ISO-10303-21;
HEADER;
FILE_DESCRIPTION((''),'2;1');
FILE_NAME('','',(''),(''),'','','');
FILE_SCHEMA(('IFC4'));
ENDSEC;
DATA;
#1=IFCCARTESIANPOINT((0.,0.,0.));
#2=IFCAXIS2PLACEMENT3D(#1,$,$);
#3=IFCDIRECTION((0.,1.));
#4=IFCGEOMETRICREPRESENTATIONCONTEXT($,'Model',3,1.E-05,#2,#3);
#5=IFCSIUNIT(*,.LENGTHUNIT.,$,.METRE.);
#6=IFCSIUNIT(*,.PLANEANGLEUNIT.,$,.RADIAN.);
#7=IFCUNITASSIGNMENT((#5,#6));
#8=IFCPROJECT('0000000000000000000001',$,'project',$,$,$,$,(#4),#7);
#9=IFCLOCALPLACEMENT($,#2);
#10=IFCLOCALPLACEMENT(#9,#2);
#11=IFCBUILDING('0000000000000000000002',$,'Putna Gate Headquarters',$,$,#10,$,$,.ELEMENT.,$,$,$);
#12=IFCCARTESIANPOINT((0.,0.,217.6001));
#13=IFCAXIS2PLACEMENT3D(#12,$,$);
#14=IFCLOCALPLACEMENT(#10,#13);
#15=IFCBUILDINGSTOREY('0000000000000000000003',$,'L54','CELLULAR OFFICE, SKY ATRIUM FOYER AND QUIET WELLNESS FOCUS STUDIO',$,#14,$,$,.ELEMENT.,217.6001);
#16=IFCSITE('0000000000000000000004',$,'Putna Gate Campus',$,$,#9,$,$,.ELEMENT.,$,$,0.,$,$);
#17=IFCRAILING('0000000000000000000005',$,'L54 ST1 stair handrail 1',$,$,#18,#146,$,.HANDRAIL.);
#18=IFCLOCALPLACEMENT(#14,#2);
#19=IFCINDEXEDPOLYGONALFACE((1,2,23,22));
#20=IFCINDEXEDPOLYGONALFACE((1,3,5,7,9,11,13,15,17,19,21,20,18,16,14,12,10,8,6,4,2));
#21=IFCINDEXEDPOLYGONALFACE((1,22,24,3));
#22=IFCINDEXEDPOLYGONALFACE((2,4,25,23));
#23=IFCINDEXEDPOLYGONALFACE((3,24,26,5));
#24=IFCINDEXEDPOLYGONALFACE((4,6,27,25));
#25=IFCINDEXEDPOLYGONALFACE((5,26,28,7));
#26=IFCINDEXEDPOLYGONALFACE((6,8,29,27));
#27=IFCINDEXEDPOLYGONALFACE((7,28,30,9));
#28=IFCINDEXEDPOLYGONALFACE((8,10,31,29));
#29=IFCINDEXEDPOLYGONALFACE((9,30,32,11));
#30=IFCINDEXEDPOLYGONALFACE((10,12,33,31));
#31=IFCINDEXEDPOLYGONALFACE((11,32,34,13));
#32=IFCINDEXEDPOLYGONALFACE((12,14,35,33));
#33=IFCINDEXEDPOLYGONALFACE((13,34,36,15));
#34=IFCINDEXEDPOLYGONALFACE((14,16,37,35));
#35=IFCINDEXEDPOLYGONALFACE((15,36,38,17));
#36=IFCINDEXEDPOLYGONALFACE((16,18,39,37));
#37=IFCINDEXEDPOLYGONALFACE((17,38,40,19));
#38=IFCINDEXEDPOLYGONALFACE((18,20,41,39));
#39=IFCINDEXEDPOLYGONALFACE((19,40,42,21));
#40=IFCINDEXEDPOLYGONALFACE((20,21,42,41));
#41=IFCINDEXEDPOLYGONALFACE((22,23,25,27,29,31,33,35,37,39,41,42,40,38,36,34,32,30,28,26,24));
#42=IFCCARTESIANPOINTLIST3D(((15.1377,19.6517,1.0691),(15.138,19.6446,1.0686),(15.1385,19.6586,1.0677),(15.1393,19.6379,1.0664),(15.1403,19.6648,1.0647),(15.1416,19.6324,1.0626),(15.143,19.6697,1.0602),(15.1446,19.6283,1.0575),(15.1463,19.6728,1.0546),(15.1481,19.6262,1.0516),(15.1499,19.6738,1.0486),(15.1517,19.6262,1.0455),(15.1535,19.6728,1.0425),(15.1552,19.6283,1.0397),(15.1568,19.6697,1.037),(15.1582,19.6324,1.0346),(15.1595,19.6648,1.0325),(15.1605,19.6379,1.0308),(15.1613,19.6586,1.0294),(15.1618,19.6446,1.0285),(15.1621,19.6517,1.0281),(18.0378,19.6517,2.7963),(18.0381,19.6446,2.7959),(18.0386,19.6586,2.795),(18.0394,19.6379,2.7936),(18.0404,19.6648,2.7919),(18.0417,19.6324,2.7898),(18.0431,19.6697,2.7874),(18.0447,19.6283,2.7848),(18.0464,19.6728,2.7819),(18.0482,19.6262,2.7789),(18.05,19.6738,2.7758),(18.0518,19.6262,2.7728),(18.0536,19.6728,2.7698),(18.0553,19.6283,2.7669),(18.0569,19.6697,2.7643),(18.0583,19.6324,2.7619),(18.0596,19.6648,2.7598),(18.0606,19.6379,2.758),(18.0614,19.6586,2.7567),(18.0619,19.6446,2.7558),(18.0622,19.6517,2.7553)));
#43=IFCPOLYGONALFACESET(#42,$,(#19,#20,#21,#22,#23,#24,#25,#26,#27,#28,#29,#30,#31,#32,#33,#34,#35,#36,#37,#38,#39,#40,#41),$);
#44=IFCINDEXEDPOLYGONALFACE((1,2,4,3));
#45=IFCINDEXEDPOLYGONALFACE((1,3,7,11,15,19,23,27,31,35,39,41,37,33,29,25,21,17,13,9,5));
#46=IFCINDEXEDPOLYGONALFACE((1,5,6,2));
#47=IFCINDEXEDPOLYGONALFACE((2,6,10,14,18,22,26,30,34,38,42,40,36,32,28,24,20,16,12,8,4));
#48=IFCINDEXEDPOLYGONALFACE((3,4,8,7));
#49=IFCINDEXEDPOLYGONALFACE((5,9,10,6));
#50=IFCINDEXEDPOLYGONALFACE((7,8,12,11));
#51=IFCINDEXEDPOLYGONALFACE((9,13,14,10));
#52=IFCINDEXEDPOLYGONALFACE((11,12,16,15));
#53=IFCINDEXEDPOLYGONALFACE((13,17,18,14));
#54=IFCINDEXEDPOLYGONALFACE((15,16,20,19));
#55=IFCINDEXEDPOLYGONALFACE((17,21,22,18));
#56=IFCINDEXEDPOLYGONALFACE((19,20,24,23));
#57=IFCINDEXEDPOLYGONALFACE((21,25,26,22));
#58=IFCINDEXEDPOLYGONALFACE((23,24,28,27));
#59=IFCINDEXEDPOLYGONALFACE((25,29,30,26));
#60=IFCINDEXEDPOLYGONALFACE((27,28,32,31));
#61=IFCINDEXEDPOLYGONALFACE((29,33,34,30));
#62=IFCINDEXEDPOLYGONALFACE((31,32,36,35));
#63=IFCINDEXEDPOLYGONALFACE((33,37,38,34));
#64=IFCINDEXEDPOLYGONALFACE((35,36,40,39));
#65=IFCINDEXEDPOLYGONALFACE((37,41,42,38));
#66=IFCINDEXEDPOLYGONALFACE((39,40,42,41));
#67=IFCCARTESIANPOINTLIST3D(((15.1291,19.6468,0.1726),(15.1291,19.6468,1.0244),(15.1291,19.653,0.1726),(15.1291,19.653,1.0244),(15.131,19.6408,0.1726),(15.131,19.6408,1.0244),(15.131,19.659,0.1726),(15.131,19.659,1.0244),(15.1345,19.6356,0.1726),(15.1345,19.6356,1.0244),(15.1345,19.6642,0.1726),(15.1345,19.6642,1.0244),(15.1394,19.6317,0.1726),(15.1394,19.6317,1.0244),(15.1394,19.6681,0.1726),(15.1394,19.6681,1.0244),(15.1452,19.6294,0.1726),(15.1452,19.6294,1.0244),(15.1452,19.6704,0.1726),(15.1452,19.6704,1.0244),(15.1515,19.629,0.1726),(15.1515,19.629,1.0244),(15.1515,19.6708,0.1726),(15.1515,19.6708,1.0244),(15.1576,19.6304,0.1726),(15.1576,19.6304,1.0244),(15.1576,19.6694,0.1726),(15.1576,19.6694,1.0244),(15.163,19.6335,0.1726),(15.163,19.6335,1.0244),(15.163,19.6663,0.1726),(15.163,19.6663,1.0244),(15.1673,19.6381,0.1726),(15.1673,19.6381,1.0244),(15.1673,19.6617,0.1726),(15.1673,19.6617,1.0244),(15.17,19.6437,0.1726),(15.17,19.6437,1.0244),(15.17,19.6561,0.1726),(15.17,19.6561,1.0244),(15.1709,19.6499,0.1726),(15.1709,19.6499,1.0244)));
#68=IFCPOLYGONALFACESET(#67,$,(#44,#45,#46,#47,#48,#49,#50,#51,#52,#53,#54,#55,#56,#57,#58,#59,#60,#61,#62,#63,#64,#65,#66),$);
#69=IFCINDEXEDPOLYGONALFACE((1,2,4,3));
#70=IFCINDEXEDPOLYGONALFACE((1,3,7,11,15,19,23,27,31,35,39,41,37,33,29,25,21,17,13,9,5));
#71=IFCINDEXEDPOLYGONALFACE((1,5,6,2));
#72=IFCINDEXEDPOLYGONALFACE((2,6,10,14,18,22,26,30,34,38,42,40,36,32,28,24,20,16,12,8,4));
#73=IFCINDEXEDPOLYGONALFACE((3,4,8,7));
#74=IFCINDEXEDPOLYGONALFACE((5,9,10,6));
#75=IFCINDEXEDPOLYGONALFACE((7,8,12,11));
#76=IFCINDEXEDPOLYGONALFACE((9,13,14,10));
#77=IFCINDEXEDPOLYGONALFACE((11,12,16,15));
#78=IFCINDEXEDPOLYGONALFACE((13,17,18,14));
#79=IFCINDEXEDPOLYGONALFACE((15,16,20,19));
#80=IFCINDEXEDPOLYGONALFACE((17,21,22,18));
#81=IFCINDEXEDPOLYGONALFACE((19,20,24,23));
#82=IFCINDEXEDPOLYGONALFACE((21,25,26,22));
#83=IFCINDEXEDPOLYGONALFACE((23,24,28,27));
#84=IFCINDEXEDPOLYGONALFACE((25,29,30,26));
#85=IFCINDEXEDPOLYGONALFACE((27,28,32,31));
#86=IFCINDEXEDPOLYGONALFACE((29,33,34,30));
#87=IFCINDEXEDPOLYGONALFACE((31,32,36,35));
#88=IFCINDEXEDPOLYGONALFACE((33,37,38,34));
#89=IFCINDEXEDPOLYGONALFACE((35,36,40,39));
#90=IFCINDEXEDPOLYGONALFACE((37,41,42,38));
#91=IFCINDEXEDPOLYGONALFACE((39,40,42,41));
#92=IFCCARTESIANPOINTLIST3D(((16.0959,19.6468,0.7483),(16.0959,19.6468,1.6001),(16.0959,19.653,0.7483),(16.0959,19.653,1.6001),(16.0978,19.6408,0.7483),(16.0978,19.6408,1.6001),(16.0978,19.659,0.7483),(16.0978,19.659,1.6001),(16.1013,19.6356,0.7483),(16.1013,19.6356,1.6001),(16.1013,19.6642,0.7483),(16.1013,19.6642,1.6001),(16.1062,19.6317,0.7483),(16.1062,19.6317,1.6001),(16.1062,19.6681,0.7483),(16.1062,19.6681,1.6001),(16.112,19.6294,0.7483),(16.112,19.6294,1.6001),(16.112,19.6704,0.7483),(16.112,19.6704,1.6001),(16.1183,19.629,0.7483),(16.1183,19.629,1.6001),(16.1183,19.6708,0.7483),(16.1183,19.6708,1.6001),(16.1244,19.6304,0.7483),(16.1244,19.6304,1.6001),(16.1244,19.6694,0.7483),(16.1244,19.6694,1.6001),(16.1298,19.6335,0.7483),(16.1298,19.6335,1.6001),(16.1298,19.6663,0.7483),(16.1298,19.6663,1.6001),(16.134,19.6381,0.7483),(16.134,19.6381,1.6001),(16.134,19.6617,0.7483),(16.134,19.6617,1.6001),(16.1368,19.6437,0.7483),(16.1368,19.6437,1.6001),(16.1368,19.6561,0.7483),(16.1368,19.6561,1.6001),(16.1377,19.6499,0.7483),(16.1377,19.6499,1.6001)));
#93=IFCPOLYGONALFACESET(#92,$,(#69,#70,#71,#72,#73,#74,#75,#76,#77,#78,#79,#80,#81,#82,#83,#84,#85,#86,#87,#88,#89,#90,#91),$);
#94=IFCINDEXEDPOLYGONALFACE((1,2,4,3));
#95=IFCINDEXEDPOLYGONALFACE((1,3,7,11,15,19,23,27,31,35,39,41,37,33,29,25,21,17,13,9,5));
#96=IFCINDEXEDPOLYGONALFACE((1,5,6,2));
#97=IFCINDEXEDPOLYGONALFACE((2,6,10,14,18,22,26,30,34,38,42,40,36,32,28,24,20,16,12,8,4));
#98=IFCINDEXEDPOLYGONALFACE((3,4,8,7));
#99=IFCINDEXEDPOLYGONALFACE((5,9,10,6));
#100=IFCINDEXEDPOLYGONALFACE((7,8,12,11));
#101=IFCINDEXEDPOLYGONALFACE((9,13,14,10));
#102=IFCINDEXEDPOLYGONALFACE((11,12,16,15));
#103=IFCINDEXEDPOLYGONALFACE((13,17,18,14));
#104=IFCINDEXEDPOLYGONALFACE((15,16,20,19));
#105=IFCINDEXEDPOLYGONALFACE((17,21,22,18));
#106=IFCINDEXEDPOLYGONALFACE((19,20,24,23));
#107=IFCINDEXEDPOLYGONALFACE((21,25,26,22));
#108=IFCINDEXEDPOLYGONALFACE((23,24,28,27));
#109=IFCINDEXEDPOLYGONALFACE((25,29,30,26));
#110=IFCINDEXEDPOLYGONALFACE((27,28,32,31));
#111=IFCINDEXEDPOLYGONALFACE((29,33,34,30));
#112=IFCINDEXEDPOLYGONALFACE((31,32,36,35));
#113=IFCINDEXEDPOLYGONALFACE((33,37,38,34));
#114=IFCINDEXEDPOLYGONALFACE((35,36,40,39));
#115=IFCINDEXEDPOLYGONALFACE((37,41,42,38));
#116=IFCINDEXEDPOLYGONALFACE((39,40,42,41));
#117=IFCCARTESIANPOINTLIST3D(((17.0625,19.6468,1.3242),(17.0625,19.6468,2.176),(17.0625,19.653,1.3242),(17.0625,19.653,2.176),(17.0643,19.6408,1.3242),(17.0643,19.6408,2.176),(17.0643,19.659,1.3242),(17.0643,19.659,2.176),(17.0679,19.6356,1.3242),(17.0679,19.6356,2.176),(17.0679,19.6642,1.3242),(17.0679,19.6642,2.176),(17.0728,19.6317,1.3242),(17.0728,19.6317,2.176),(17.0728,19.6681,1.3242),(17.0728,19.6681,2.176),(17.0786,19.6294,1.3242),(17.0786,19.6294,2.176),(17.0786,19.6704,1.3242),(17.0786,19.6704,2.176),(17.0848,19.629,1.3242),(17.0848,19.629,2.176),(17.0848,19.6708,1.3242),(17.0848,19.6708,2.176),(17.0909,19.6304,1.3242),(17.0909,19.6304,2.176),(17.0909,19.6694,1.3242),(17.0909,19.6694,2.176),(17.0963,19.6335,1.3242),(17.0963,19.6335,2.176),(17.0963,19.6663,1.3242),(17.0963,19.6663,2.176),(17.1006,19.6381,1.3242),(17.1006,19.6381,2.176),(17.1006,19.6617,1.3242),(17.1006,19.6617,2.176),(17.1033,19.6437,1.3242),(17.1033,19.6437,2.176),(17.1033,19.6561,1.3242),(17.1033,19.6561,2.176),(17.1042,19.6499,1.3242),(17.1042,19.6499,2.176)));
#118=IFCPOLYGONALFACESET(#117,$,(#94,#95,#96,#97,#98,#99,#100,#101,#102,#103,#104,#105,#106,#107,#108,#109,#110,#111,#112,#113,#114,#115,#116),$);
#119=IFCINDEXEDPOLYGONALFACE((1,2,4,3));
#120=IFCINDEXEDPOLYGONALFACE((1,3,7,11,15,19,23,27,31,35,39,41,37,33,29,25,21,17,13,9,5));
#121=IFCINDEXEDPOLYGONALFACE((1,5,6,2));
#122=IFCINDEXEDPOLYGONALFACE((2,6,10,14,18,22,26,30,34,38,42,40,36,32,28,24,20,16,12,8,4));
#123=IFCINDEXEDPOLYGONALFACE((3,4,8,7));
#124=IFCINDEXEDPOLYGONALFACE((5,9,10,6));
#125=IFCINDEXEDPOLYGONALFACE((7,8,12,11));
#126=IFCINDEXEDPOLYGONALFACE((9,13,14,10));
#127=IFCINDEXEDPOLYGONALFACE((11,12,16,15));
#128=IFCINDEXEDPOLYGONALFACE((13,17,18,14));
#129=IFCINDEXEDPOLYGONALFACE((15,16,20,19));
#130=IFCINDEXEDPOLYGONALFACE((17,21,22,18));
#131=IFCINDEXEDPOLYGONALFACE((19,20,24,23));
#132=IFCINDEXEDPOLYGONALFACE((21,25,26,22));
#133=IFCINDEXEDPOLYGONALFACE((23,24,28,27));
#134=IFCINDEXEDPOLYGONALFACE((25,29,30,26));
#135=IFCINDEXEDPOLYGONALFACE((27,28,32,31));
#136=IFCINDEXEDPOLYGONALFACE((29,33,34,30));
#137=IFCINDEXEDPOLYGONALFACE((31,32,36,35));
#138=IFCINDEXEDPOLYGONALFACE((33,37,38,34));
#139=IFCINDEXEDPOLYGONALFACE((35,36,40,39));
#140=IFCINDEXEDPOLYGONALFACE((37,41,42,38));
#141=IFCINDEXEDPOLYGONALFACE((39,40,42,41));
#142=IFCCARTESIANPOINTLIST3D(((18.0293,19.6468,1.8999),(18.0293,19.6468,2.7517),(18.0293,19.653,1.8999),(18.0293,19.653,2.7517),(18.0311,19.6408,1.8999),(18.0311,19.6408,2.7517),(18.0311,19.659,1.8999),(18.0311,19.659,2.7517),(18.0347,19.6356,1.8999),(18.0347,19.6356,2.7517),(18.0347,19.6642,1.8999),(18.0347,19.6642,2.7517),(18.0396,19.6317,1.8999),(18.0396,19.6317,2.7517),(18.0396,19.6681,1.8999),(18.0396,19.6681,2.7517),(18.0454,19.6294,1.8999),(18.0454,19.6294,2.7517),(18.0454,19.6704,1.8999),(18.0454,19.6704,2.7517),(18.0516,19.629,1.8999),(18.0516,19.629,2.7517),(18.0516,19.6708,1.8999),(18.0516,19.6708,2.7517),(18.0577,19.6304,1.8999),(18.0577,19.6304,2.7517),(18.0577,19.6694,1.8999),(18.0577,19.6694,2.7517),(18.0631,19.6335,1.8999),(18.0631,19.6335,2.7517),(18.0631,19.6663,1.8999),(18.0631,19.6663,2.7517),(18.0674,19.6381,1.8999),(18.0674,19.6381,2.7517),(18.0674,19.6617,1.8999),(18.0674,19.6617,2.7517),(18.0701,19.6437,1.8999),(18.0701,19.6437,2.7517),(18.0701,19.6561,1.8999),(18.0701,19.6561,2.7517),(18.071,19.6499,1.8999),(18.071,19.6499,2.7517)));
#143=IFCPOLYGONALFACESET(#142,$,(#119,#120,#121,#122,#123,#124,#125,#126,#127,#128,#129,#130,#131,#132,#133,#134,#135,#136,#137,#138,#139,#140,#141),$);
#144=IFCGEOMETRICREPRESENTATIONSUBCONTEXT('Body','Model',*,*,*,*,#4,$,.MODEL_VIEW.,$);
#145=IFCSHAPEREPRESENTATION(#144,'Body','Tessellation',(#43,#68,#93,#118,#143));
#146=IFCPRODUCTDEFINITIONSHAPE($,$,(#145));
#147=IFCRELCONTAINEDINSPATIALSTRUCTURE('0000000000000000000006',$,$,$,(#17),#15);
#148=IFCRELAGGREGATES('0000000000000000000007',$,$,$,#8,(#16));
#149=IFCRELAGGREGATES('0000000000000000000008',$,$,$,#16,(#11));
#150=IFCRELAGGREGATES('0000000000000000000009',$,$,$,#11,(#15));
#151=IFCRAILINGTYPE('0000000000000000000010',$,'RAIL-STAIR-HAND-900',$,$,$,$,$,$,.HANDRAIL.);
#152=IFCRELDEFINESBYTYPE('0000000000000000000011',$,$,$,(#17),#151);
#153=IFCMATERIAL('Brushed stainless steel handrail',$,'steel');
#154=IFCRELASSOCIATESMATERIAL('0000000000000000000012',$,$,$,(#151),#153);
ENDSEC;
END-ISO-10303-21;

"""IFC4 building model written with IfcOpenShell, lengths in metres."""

from ifc_helpers import new_model, si_unit, direction, frame, origin, origin_2d, place, context, subcontext, project, spatial, circle, extrude, material, type_object, element, save


model = new_model("IFC4")

# Units and contexts
model_context = context("Model", 3, precision=1e-05, world=origin(), true_north=direction((0.0, 1.0)))
body_context = subcontext(model_context, "Body", "Model", "MODEL_VIEW")
ifc_project = project(units=[si_unit("LENGTHUNIT", "METRE"), si_unit("PLANEANGLEUNIT", "RADIAN")], contexts=[model_context])

# Site, building, storey
site_placement = place(None, origin())
site = spatial("IfcSite", under=ifc_project, at=site_placement, Name="Putna Gate Campus", CompositionType="ELEMENT", RefElevation=0.0)
building_placement = place(site_placement, origin())
building = spatial("IfcBuilding", under=site, at=building_placement, Name="Putna Gate Headquarters", CompositionType="ELEMENT")
storey_placement = place(building_placement, frame((0.0, 0.0, 217.6001)))
storey = spatial("IfcBuildingStorey", under=building, at=storey_placement, Name="L54", Description="CELLULAR OFFICE, SKY ATRIUM FOYER AND QUIET WELLNESS FOCUS STUDIO", CompositionType="ELEMENT", Elevation=217.6001)

# Railing
ifc_material_1 = material(Name="Brushed stainless steel handrail", Category="steel")
railing_type = type_object("IfcRailingType", Name="RAIL-STAIR-HAND-900", PredefinedType="HANDRAIL", material=ifc_material_1)
railing_placement = place(storey_placement, frame((15.1499, 19.6499, 0.1726)))
element("IfcRailing", 1, at=railing_placement, inside=storey, type_object=railing_type, Name="L54 ST1 stair handrail 1", PredefinedType="HANDRAIL", context=body_context, shape_type="SweptSolid", body=[
    extrude(circle(Radius=0.0239, at=origin_2d()), frame((0.0, 0.0, 0.876), z_axis=(0.85916, 0.0, 0.511706), x_axis=(0.0, 1.0, 0.0)), (0.0, 0.0, 1.0), 3.3755),
    extrude(circle(Radius=0.021, at=origin_2d()), origin(), (0.0, 0.0, 1.0), 0.8518),
    extrude(circle(Radius=0.021, at=origin_2d()), frame((0.9668, 0.0, 0.5757)), (0.0, 0.0, 1.0), 0.8518),
    extrude(circle(Radius=0.021, at=origin_2d()), frame((1.9333, 0.0, 1.1516)), (0.0, 0.0, 1.0), 0.8518),
    extrude(circle(Radius=0.021, at=origin_2d()), frame((2.9001, 0.0, 1.7273)), (0.0, 0.0, 1.0), 0.8518),
])

save(model, "model.ifc")
